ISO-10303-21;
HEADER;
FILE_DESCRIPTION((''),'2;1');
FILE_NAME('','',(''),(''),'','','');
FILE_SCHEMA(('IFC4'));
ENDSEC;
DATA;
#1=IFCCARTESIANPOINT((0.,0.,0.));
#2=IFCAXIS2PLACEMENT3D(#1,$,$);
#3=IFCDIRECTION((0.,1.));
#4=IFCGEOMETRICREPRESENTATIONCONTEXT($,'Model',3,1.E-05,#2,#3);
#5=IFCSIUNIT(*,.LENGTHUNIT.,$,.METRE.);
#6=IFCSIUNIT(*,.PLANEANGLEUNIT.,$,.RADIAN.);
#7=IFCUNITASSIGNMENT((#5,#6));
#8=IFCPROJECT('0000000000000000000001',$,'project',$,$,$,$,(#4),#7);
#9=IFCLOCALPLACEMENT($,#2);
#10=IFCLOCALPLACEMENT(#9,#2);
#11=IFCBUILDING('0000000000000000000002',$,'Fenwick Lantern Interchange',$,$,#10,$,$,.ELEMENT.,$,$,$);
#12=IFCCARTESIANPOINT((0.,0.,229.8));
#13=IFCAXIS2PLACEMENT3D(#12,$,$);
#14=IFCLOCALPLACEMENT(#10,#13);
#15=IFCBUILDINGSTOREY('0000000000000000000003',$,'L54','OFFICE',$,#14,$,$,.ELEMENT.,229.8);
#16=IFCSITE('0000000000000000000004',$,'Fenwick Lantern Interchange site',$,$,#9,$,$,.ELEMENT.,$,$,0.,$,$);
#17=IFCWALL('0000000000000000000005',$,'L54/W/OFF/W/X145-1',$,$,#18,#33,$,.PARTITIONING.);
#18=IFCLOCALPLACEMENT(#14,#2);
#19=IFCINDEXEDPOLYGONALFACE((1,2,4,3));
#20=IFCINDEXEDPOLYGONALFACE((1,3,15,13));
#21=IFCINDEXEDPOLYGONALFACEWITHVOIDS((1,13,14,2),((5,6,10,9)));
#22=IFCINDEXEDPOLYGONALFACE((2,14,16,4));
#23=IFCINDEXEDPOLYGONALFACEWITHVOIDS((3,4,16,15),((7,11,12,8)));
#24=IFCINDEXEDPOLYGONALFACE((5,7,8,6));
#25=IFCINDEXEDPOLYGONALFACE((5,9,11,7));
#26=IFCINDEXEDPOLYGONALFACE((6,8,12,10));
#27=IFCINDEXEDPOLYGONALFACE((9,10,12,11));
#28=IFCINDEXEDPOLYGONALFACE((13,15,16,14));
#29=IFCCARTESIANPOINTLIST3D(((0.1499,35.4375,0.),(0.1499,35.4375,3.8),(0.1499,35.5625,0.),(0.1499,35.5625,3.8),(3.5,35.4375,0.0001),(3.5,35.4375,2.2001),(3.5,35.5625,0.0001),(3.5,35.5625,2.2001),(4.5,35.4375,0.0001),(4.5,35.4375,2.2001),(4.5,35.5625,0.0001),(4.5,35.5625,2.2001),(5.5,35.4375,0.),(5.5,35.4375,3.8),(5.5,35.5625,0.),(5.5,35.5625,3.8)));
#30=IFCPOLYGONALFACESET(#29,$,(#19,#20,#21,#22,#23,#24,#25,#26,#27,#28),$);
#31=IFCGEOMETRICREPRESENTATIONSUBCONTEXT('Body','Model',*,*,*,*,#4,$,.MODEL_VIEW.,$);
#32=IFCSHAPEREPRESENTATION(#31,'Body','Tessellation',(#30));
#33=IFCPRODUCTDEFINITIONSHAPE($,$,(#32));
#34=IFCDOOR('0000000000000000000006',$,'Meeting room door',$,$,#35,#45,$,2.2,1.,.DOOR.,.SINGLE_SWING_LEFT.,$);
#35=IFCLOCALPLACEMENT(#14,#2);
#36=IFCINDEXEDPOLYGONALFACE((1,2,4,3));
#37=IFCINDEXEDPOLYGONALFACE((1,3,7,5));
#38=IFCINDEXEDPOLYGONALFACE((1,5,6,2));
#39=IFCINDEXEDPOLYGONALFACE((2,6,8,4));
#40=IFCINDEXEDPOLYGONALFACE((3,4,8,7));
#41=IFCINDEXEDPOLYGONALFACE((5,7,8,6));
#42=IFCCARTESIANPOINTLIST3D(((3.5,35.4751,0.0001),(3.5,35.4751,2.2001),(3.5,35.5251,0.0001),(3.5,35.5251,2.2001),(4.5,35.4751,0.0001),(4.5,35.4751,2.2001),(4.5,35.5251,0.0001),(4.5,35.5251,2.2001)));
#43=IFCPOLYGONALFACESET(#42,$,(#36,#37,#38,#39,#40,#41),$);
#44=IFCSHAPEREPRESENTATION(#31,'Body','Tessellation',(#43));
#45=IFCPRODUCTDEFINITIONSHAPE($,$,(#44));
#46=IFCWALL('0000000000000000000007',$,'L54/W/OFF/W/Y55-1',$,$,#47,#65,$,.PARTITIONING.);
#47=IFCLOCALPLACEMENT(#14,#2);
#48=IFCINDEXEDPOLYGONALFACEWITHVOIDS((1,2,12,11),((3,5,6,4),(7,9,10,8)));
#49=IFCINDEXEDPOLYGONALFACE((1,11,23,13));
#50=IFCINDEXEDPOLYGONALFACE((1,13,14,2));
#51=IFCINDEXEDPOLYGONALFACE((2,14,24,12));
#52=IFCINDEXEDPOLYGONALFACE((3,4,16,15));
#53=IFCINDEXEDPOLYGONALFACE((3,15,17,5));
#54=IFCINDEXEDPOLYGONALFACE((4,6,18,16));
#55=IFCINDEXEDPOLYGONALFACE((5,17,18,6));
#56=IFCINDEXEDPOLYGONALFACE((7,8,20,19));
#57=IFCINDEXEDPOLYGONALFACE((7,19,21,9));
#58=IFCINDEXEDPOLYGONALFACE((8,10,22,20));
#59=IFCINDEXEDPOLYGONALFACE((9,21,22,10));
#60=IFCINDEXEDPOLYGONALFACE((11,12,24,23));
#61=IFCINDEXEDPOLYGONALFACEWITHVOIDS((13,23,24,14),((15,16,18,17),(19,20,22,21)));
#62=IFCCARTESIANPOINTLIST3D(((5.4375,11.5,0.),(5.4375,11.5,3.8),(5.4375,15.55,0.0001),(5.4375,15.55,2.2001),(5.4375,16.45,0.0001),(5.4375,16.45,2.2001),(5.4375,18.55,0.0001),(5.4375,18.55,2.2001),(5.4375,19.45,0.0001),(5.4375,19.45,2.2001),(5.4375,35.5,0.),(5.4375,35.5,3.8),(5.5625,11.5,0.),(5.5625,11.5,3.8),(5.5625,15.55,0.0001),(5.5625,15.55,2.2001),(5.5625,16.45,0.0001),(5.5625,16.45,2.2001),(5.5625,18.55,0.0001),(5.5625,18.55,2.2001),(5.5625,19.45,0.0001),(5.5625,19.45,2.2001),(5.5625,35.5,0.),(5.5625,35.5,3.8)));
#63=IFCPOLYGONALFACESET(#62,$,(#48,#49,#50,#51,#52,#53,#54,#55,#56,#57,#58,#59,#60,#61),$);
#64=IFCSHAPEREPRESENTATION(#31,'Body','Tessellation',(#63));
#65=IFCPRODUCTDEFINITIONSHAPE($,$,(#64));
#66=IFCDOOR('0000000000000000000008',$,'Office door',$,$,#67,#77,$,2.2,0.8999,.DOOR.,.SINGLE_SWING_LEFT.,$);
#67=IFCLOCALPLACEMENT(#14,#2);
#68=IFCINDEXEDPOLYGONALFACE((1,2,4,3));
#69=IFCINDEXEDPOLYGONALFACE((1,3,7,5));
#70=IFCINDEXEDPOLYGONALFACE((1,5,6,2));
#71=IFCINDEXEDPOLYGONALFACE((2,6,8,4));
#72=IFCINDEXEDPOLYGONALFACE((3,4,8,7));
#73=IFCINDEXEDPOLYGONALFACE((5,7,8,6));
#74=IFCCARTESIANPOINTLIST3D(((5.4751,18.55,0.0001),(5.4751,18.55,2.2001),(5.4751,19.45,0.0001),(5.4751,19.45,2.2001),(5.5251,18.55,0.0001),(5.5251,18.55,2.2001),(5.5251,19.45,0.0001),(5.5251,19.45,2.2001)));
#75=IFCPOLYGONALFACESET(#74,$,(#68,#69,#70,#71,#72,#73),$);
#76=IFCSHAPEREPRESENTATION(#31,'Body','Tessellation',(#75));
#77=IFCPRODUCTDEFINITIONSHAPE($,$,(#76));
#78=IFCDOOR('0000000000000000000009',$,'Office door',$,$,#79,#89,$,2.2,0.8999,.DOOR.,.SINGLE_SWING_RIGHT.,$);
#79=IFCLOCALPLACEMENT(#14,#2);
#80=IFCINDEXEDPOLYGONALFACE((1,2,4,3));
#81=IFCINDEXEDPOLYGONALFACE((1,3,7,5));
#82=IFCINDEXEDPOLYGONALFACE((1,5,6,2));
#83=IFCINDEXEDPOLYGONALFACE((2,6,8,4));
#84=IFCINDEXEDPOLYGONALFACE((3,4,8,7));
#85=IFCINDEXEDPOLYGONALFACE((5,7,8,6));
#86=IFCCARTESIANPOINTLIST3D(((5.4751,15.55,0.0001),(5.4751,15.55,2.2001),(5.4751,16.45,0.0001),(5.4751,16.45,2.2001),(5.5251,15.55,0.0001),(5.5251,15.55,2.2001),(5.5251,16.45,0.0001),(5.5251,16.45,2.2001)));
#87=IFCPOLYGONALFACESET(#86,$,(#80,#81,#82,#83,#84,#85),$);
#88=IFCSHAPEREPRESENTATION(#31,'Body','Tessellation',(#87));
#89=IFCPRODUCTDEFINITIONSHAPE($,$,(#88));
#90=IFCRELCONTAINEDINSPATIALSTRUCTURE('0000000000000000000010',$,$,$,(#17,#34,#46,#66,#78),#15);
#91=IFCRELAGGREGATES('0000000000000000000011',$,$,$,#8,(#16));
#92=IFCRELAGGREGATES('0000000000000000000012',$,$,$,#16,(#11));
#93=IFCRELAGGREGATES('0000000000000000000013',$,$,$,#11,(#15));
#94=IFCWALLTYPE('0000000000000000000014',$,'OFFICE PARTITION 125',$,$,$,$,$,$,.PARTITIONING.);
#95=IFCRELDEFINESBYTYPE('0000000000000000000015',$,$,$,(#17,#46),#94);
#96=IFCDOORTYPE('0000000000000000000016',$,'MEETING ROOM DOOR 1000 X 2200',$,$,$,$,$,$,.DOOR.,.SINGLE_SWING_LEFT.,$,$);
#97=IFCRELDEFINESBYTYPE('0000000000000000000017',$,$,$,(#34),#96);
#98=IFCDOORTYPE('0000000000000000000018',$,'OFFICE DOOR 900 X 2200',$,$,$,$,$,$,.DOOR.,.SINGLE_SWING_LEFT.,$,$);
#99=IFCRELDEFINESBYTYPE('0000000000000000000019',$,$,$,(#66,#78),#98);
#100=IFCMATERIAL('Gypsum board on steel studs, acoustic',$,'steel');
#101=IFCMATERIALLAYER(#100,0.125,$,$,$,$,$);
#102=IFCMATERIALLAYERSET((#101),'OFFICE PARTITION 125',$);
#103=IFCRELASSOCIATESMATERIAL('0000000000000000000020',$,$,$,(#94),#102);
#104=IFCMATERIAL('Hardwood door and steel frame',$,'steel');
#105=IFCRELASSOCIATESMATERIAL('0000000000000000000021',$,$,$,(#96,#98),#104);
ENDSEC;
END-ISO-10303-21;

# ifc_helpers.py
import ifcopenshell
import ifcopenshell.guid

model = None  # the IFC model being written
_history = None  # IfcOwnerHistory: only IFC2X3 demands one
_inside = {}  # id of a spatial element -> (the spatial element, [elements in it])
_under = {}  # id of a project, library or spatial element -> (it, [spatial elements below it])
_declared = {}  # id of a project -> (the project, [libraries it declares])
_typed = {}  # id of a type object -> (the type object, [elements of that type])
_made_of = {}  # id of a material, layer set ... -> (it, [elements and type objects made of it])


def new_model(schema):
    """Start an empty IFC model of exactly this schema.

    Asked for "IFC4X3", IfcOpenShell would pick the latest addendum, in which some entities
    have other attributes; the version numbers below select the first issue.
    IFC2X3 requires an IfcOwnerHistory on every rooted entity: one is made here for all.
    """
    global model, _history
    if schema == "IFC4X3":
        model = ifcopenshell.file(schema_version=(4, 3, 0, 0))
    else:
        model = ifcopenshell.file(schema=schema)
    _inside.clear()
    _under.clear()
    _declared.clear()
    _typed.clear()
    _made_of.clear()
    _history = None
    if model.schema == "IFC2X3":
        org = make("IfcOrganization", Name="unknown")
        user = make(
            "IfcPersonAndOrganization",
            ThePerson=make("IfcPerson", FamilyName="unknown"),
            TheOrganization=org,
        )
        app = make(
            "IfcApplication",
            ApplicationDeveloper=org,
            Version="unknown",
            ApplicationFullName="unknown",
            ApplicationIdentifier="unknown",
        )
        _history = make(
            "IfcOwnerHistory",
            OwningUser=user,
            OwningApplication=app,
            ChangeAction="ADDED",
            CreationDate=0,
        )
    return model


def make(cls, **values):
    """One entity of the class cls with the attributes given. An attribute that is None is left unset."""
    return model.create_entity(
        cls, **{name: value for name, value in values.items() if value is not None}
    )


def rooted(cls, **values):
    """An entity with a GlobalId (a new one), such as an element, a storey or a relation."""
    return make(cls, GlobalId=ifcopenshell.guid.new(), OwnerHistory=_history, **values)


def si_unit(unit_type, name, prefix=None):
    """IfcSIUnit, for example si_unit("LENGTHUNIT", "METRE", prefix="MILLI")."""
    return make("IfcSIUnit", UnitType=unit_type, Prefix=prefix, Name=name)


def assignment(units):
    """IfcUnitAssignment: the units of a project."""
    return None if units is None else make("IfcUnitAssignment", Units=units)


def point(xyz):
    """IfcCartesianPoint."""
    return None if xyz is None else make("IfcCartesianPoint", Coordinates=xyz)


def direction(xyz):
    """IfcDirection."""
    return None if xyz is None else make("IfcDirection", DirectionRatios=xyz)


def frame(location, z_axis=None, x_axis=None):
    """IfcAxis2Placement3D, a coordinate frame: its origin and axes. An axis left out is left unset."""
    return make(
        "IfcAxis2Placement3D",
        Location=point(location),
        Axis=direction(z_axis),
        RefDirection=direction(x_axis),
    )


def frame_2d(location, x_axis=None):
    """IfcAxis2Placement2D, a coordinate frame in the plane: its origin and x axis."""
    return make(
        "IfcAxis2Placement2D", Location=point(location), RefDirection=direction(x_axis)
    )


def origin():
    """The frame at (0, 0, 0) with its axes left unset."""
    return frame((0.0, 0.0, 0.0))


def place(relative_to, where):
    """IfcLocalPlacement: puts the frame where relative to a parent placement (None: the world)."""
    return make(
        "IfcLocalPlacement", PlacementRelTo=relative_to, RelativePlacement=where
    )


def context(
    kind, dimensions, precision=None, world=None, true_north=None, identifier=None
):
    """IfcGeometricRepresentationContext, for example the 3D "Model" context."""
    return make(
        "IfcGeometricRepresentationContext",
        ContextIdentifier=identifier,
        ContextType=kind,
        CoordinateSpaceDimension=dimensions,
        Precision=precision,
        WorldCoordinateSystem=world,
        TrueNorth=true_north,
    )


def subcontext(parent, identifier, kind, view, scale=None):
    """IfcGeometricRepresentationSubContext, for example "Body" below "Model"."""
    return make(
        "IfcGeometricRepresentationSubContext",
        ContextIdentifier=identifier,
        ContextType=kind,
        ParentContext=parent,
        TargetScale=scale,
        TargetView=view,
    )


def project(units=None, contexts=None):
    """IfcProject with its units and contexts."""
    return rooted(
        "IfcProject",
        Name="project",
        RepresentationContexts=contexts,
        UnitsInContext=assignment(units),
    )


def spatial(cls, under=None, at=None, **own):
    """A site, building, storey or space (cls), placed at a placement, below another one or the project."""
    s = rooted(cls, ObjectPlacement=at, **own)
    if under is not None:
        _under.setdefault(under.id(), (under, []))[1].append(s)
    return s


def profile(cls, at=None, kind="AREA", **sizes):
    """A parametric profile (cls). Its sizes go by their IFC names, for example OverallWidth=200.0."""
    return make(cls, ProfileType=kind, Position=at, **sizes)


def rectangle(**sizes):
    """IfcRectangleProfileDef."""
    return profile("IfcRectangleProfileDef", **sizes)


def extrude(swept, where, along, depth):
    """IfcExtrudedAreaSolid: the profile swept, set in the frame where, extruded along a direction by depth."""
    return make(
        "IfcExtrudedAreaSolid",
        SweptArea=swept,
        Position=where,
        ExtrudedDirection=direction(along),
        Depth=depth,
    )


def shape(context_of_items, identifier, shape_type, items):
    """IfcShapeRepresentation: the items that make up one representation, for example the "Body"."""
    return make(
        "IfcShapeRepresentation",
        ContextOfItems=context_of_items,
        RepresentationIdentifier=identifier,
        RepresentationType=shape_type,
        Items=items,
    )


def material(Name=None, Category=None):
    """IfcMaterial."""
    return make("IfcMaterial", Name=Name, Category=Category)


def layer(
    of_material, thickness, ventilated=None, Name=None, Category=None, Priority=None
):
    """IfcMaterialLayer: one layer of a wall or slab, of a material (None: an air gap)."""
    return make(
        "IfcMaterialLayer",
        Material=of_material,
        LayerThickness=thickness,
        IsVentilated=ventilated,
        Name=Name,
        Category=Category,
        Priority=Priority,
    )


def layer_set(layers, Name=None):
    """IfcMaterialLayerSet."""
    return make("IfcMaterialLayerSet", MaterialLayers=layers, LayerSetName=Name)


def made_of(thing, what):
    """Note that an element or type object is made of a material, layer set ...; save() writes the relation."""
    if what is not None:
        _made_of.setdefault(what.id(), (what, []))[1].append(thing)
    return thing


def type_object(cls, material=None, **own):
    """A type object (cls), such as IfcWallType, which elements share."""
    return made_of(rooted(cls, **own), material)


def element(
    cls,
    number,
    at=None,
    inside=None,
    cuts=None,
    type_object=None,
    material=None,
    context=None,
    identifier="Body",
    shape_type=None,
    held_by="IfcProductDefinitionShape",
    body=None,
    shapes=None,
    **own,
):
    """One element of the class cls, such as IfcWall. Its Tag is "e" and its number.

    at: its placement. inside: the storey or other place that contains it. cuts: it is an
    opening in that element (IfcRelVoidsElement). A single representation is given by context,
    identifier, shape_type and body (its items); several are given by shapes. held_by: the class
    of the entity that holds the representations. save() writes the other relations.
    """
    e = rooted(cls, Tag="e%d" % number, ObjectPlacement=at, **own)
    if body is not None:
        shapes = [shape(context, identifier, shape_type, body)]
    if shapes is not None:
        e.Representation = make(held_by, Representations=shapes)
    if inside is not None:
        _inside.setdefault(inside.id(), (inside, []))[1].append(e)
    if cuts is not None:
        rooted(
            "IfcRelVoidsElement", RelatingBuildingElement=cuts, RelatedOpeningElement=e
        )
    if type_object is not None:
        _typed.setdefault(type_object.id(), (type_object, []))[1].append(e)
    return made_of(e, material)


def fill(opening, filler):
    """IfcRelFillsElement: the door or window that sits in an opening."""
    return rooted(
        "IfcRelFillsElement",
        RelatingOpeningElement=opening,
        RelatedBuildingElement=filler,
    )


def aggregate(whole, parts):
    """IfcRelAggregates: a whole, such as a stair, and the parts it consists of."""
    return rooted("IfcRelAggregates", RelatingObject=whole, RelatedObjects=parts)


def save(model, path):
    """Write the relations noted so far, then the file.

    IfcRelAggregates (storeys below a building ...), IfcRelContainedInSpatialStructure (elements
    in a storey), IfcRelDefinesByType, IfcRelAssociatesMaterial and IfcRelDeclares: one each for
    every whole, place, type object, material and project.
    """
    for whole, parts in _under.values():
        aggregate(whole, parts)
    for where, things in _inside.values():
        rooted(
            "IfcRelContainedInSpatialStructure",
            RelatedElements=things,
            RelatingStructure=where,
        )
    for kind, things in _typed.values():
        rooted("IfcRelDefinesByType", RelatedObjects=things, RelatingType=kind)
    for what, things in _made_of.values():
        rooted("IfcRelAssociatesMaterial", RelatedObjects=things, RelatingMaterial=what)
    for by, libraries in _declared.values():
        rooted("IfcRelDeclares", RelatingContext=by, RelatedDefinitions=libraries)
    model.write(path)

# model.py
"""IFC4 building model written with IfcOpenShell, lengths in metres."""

from ifc_helpers import new_model, si_unit, direction, frame, frame_2d, origin, place, context, subcontext, project, spatial, rectangle, extrude, material, layer, layer_set, type_object, element, fill, save


model = new_model("IFC4")

# Units and contexts
model_context = context("Model", 3, precision=1e-05, world=origin(), true_north=direction((0.0, 1.0)))
body_context = subcontext(model_context, "Body", "Model", "MODEL_VIEW")
ifc_project = project(units=[si_unit("LENGTHUNIT", "METRE"), si_unit("PLANEANGLEUNIT", "RADIAN")], contexts=[model_context])

# Site, building, storey
site_placement = place(None, origin())
site = spatial("IfcSite", under=ifc_project, at=site_placement, Name="Fenwick Lantern Interchange site", CompositionType="ELEMENT", RefElevation=0.0)
building_placement = place(site_placement, origin())
building = spatial("IfcBuilding", under=site, at=building_placement, Name="Fenwick Lantern Interchange", CompositionType="ELEMENT")
storey_placement = place(building_placement, frame((0.0, 0.0, 229.8)))
storey = spatial("IfcBuildingStorey", under=building, at=storey_placement, Name="L54", Description="OFFICE", CompositionType="ELEMENT", Elevation=229.8)

# Wall, opening, door
ifc_material_1 = material(Name="Gypsum board on steel studs, acoustic", Category="steel")
ifc_layer_1 = layer(ifc_material_1, 0.125)
ifc_layer_set_1 = layer_set([ifc_layer_1], Name="OFFICE PARTITION 125")
wall_type_1 = type_object("IfcWallType", Name="OFFICE PARTITION 125", PredefinedType="PARTITIONING", material=ifc_layer_set_1)
wall_1_placement = place(storey_placement, frame((0.1499, 35.5, 0.0), z_axis=(0.0, 0.0, 1.0), x_axis=(1.0, 0.0, 0.0)))
wall_1 = element("IfcWall", 1, at=wall_1_placement, inside=storey, type_object=wall_type_1, Name="L54/W/OFF/W/X145-1", PredefinedType="PARTITIONING", context=body_context, shape_type="SweptSolid", body=[
    extrude(rectangle(XDim=5.3501, YDim=0.125, at=frame_2d((2.675, 0.0))), origin(), (0.0, 0.0, 1.0), 3.8),
])
opening_1_placement = place(wall_1_placement, frame((3.3501, 0.0, 0.0)))
opening_1 = element("IfcOpeningElement", 2, at=opening_1_placement, cuts=wall_1, PredefinedType="OPENING", context=body_context, shape_type="SweptSolid", body=[
    extrude(rectangle(XDim=1.0, YDim=2.2, at=frame_2d((0.5, 1.1001))), frame((0.0, 0.0725, 0.0), z_axis=(0.0, -1.0, 0.0), x_axis=(1.0, 0.0, 0.0)), (0.0, 0.0, 1.0), 0.145),
])
ifc_material_2 = material(Name="Hardwood door and steel frame", Category="steel")
door_type_1 = type_object("IfcDoorType", Name="MEETING ROOM DOOR 1000 X 2200", OperationType="SINGLE_SWING_LEFT", PredefinedType="DOOR", material=ifc_material_2)
door_1_placement = place(opening_1_placement, frame((1.0, 0.0, 0.0), z_axis=(0.0, 0.0, 1.0), x_axis=(-1.0, 0.0, 0.0)))
door_1 = element("IfcDoor", 3, at=door_1_placement, inside=storey, type_object=door_type_1, Name="Meeting room door", OperationType="SINGLE_SWING_LEFT", OverallHeight=2.2, OverallWidth=1.0, PredefinedType="DOOR", context=body_context, shape_type="SweptSolid", body=[
    extrude(rectangle(XDim=1.0, YDim=2.2, at=frame_2d((0.5, 1.1001))), frame((0.0, 0.0249, 0.0), z_axis=(0.0, -1.0, 0.0), x_axis=(1.0, 0.0, 0.0)), (0.0, 0.0, 1.0), 0.05),
])
fill(opening_1, door_1)

# Wall, openings, doors
wall_2_placement = place(storey_placement, frame((5.5, 35.5, 0.0), z_axis=(0.0, 0.0, 1.0), x_axis=(0.0, -1.0, 0.0)))
wall_2 = element("IfcWall", 4, at=wall_2_placement, inside=storey, type_object=wall_type_1, Name="L54/W/OFF/W/Y55-1", PredefinedType="PARTITIONING", context=body_context, shape_type="SweptSolid", body=[
    extrude(rectangle(XDim=24.0, YDim=0.125, at=frame_2d((12.0, 0.0))), origin(), (0.0, 0.0, 1.0), 3.8),
])
opening_2_placement = place(wall_2_placement, frame((16.05, 0.0, 0.0)))
opening_2 = element("IfcOpeningElement", 5, at=opening_2_placement, cuts=wall_2, PredefinedType="OPENING", context=body_context, shape_type="SweptSolid", body=[
    extrude(rectangle(XDim=0.8999, YDim=2.2, at=frame_2d((0.45, 1.1001))), frame((0.0, 0.0725, 0.0), z_axis=(0.0, -1.0, 0.0), x_axis=(1.0, 0.0, 0.0)), (0.0, 0.0, 1.0), 0.145),
])
opening_3_placement = place(wall_2_placement, frame((19.05, 0.0, 0.0)))
opening_3 = element("IfcOpeningElement", 6, at=opening_3_placement, cuts=wall_2, PredefinedType="OPENING", context=body_context, shape_type="SweptSolid", body=[
    extrude(rectangle(XDim=0.8999, YDim=2.2, at=frame_2d((0.45, 1.1001))), frame((0.0, 0.0725, 0.0), z_axis=(0.0, -1.0, 0.0), x_axis=(1.0, 0.0, 0.0)), (0.0, 0.0, 1.0), 0.145),
])
door_type_2 = type_object("IfcDoorType", Name="OFFICE DOOR 900 X 2200", OperationType="SINGLE_SWING_LEFT", PredefinedType="DOOR", material=ifc_material_2)
door_2_placement = place(opening_2_placement, frame((0.8999, 0.0, 0.0), z_axis=(0.0, 0.0, 1.0), x_axis=(-1.0, 0.0, 0.0)))
door_2 = element("IfcDoor", 7, at=door_2_placement, inside=storey, type_object=door_type_2, Name="Office door", OperationType="SINGLE_SWING_LEFT", OverallHeight=2.2, OverallWidth=0.8999, PredefinedType="DOOR", context=body_context, shape_type="SweptSolid", body=[
    extrude(rectangle(XDim=0.8999, YDim=2.2, at=frame_2d((0.45, 1.1001))), frame((0.0, 0.0249, 0.0), z_axis=(0.0, -1.0, 0.0), x_axis=(1.0, 0.0, 0.0)), (0.0, 0.0, 1.0), 0.05),
])
fill(opening_2, door_2)
door_3_placement = place(opening_3_placement, frame((0.8999, 0.0, 0.0), z_axis=(0.0, 0.0, 1.0), x_axis=(-1.0, 0.0, 0.0)))
door_3 = element("IfcDoor", 8, at=door_3_placement, inside=storey, type_object=door_type_2, Name="Office door", OperationType="SINGLE_SWING_RIGHT", OverallHeight=2.2, OverallWidth=0.8999, PredefinedType="DOOR", context=body_context, shape_type="SweptSolid", body=[
    extrude(rectangle(XDim=0.8999, YDim=2.2, at=frame_2d((0.45, 1.1001))), frame((0.0, 0.0249, 0.0), z_axis=(0.0, -1.0, 0.0), x_axis=(1.0, 0.0, 0.0)), (0.0, 0.0, 1.0), 0.05),
])
fill(opening_3, door_3)

save(model, "model.ifc")
